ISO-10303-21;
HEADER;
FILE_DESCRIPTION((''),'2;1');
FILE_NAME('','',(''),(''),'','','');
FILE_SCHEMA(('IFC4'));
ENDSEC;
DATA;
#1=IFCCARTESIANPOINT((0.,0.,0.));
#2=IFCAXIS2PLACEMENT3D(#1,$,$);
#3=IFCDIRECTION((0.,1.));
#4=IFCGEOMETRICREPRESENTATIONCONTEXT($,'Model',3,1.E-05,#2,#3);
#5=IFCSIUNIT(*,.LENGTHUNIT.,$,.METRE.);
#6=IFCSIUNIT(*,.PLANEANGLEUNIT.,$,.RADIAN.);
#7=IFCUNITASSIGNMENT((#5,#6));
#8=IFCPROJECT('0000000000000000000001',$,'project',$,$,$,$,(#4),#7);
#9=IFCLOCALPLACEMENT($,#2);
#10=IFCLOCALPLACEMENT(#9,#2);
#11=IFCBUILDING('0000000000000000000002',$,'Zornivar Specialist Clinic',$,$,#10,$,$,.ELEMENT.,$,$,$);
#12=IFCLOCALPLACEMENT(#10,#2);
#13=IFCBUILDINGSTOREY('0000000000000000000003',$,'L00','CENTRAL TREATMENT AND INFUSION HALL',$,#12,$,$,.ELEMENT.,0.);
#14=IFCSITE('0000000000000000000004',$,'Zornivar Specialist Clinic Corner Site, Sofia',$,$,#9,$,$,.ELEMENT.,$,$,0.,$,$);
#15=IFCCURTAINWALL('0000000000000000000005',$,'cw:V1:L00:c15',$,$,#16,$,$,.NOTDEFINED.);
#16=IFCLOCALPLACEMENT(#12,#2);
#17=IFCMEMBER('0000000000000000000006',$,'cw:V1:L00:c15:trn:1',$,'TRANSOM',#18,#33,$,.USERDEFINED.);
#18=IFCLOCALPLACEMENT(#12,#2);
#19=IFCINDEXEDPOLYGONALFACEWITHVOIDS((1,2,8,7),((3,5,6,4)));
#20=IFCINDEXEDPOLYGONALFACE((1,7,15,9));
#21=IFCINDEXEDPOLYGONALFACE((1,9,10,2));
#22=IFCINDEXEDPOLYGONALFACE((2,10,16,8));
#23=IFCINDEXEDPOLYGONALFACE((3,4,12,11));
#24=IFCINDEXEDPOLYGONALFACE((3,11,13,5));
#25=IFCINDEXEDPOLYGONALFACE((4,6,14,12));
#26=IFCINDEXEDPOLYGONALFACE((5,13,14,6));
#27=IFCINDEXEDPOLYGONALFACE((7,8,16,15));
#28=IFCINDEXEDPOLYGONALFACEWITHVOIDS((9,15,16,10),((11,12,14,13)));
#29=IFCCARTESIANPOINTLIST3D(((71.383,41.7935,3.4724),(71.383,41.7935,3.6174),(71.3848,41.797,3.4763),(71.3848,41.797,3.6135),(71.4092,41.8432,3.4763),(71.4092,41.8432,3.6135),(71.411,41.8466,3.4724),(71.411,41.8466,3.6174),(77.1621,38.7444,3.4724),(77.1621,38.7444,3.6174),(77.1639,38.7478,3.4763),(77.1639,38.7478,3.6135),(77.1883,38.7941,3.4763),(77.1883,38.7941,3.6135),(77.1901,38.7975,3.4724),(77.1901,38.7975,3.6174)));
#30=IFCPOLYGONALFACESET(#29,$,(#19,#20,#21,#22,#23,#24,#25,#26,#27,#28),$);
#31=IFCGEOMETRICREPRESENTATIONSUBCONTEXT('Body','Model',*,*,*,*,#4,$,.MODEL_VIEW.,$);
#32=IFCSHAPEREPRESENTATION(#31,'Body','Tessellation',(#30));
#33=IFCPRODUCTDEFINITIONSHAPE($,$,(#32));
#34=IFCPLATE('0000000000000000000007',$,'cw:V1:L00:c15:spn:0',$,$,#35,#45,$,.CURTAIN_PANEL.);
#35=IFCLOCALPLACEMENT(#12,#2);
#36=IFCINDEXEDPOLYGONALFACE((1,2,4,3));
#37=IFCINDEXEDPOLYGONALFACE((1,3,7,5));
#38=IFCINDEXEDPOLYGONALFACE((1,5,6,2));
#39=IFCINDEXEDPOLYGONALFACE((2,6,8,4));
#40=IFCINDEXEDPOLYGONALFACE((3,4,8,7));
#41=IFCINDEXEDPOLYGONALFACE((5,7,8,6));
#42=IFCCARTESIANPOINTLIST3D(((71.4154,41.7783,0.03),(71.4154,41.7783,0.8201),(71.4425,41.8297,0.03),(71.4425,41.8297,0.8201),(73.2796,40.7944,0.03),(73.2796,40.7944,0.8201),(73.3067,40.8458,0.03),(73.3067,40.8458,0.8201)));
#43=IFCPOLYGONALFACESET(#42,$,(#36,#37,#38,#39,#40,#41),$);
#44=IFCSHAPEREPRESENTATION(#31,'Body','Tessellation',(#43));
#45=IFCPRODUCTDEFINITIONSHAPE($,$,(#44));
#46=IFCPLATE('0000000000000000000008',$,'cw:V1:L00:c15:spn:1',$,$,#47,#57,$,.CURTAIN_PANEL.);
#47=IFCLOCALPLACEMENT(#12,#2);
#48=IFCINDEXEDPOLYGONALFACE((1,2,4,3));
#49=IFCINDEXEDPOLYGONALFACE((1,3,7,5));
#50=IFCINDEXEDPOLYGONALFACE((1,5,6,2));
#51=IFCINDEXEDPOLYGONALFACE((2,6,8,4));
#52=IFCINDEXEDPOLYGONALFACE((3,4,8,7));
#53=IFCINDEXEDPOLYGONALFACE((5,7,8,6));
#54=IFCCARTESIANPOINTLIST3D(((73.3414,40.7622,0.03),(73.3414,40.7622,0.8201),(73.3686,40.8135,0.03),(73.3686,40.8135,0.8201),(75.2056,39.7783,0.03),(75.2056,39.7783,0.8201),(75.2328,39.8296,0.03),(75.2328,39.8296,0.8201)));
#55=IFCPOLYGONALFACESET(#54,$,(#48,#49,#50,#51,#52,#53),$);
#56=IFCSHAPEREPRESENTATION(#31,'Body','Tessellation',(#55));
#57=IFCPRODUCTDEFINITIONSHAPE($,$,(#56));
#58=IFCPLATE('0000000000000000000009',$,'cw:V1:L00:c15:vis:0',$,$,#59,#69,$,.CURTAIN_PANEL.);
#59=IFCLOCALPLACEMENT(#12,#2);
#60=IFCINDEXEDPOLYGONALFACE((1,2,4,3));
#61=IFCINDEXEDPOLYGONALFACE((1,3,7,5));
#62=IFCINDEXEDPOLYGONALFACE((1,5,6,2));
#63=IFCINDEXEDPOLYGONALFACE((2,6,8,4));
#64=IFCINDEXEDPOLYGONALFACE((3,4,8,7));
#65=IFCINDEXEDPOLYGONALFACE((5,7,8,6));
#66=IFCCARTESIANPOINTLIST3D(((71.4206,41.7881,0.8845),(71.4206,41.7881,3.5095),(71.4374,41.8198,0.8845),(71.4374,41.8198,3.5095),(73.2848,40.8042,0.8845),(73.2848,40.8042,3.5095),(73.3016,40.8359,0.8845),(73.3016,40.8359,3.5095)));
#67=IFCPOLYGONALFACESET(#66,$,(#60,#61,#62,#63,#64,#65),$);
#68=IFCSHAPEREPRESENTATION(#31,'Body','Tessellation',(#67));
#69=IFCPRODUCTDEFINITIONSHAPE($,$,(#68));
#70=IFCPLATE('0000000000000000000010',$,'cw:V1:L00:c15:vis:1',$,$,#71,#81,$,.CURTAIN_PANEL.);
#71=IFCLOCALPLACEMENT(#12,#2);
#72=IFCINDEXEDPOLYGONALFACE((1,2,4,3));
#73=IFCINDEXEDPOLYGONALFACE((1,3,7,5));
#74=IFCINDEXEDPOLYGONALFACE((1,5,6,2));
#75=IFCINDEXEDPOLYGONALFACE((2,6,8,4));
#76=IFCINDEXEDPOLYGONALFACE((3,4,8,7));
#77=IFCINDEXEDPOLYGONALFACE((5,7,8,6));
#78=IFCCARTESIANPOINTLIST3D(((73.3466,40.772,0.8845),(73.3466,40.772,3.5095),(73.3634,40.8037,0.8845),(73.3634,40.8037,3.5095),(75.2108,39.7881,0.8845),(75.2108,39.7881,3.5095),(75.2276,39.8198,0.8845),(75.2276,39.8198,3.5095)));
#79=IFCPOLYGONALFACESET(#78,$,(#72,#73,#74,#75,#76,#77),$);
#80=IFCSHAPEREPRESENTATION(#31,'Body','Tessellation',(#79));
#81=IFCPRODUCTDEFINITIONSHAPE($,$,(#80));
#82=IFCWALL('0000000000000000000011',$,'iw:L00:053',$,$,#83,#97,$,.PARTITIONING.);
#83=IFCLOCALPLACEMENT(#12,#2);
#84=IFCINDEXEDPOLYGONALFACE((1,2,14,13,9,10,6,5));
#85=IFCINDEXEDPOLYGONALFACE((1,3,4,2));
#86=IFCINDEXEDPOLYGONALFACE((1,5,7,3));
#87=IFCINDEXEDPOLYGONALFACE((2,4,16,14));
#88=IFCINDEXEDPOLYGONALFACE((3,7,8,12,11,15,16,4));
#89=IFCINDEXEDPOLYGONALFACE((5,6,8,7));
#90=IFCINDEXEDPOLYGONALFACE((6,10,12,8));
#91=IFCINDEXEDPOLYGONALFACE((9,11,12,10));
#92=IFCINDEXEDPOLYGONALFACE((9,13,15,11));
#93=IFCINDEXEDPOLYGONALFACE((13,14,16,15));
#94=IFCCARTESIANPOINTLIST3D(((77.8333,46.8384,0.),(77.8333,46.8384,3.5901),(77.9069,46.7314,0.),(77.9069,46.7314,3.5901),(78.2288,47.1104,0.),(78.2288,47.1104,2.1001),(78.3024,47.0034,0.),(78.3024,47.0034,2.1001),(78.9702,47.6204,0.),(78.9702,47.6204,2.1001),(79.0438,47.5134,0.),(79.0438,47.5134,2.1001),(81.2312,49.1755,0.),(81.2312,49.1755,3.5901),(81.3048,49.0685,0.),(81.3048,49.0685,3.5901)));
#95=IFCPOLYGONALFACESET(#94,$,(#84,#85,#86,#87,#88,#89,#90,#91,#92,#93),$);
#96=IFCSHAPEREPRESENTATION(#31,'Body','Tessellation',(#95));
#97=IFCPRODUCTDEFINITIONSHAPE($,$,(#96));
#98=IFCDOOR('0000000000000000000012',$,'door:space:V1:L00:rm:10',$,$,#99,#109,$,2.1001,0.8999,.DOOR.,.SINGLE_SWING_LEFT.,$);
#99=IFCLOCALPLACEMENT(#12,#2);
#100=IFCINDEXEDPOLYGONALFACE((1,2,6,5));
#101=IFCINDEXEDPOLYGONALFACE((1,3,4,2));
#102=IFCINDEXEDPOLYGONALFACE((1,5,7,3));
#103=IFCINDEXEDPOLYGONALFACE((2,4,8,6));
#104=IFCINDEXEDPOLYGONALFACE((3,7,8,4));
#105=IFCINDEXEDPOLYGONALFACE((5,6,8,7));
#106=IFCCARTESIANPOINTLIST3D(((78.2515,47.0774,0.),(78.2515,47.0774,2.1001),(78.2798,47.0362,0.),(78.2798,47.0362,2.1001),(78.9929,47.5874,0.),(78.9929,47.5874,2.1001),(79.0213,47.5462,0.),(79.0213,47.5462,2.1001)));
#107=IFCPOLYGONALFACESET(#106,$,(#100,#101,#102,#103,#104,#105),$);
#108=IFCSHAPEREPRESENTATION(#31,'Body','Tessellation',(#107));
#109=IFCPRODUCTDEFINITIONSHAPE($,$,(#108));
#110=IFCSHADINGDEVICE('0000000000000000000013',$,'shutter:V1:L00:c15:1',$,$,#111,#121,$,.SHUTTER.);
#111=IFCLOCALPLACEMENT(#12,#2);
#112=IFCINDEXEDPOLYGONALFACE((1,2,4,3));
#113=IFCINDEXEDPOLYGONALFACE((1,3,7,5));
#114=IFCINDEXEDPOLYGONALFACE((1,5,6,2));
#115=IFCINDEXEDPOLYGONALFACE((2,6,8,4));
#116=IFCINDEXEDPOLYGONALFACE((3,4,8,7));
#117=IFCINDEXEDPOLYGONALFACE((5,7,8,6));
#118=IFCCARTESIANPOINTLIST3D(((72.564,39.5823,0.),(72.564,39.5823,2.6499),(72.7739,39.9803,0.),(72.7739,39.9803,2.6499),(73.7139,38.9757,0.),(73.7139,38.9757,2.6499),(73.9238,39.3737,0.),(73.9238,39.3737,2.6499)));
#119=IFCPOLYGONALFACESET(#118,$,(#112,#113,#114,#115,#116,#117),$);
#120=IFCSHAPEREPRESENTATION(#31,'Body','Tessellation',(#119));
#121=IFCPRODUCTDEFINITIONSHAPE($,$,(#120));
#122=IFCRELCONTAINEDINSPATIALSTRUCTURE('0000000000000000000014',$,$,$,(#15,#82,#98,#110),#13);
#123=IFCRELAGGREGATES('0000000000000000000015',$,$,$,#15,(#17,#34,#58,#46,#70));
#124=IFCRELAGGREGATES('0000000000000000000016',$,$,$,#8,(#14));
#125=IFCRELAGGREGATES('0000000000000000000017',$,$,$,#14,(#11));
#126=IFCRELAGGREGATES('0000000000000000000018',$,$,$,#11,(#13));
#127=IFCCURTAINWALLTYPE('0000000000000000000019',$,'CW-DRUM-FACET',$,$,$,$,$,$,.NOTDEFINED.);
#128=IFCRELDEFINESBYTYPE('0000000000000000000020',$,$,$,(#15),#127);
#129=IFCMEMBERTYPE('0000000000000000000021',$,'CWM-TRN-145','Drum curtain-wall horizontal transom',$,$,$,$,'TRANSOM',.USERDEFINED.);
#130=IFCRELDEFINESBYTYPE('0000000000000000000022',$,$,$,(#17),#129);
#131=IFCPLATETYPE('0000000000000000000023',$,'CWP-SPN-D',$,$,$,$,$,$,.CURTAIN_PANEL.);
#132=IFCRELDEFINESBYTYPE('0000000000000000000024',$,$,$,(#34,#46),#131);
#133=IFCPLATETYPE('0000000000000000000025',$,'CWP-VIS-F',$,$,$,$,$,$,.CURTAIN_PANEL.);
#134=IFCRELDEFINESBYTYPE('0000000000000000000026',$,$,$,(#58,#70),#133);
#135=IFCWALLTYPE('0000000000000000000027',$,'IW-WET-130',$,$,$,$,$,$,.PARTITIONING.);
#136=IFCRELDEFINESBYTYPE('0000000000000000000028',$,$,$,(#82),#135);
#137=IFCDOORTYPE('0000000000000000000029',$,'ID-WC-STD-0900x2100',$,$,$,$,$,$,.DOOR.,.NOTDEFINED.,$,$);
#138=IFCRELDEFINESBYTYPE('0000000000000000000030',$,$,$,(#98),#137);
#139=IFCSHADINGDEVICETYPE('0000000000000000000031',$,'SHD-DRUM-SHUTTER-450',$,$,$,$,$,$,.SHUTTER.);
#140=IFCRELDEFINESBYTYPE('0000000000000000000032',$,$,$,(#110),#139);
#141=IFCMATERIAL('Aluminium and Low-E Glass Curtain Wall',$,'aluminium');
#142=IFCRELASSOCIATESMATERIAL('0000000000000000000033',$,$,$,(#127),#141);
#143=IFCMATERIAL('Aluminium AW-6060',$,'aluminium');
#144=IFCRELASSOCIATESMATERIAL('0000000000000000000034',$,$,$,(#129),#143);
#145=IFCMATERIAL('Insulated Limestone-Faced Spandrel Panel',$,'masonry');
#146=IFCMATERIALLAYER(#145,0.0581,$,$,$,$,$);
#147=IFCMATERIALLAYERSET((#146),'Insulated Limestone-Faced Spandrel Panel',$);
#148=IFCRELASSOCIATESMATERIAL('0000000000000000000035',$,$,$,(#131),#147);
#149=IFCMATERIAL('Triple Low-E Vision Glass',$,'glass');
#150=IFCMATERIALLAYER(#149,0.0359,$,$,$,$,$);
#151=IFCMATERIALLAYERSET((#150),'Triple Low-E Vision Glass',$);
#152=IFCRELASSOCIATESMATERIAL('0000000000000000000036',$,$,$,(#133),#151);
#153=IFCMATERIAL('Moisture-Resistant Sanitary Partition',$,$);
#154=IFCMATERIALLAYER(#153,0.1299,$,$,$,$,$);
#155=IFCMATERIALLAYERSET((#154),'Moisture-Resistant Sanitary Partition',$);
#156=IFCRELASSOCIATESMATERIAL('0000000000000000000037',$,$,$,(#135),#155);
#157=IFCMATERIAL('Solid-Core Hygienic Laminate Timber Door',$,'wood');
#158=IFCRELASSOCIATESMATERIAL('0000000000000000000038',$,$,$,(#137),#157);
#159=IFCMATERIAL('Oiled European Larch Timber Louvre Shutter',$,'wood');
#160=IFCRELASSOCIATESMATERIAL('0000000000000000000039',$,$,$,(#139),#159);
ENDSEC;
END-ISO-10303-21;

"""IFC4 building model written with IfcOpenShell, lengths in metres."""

from ifc_helpers import new_model, si_unit, direction, frame, frame_2d, origin, origin_2d, place, context, subcontext, project, spatial, rectangle, hollow_rectangle, extrude, material, layer, layer_set, material_profile, profile_set, type_object, element, fill, aggregate, save


model = new_model("IFC4")

# Units and contexts
model_context = context("Model", 3, precision=1e-05, world=origin(), true_north=direction((0.0, 1.0)))
body_context = subcontext(model_context, "Body", "Model", "MODEL_VIEW")
ifc_project = project(units=[si_unit("LENGTHUNIT", "METRE"), si_unit("PLANEANGLEUNIT", "RADIAN")], contexts=[model_context])

# Site, building, storey
site_placement = place(None, origin())
site = spatial("IfcSite", under=ifc_project, at=site_placement, Name="Zornivar Specialist Clinic Corner Site, Sofia", CompositionType="ELEMENT", RefElevation=0.0)
building_placement = place(site_placement, origin())
building = spatial("IfcBuilding", under=site, at=building_placement, Name="Zornivar Specialist Clinic", CompositionType="ELEMENT")
storey_placement = place(building_placement, origin())
storey = spatial("IfcBuildingStorey", under=building, at=storey_placement, Name="L00", Description="CENTRAL TREATMENT AND INFUSION HALL", CompositionType="ELEMENT", Elevation=0.0)

# Curtain wall, member, plates
ifc_material_1 = material(Name="Aluminium and Low-E Glass Curtain Wall", Category="aluminium")
curtain_wall_type = type_object("IfcCurtainWallType", Name="CW-DRUM-FACET", PredefinedType="NOTDEFINED", material=ifc_material_1)
curtain_wall_placement = place(storey_placement, origin())
curtain_wall = element("IfcCurtainWall", 1, at=curtain_wall_placement, inside=storey, type_object=curtain_wall_type, Name="cw:V1:L00:c15", PredefinedType="NOTDEFINED")
ifc_material_2 = material(Name="Aluminium AW-6060", Category="aluminium")
ifc_material_profile_1 = material_profile(ifc_material_2, hollow_rectangle(XDim=0.0601, YDim=0.145, WallThickness=0.0039, at=origin_2d()), Name="ALU 60x145x4")
ifc_profile_set_1 = profile_set([ifc_material_profile_1], Name="Aluminium AW-6060")
member_type_1 = type_object("IfcMemberType", Name="CWM-TRN-145", Description="Drum curtain-wall horizontal transom", ElementType="TRANSOM", PredefinedType="USERDEFINED", material=ifc_profile_set_1)
member_1_placement = place(storey_placement, frame((71.397, 41.8201, 3.5449), z_axis=(0.884447, -0.466641, 0.0), x_axis=(0.466641, 0.884447, 0.0)))
member_1 = element("IfcMember", 2, at=member_1_placement, type_object=member_type_1, Name="cw:V1:L00:c15:trn:1", ObjectType="TRANSOM", PredefinedType="USERDEFINED", context=body_context, shape_type="SweptSolid", body=[
    extrude(hollow_rectangle(XDim=0.0601, YDim=0.145, WallThickness=0.0039, at=origin_2d()), origin(), (0.0, 0.0, 1.0), 6.5342),
])
ifc_material_3 = material(Name="Insulated Limestone-Faced Spandrel Panel", Category="masonry")
ifc_layer_1 = layer(ifc_material_3, 0.0581)
ifc_layer_set_1 = layer_set([ifc_layer_1], Name="Insulated Limestone-Faced Spandrel Panel")
plate_type_1 = type_object("IfcPlateType", Name="CWP-SPN-D", PredefinedType="CURTAIN_PANEL", material=ifc_layer_set_1)
plate_1_placement = place(storey_placement, frame((72.3611, 41.312, 0.03), z_axis=(0.0, 0.0, 1.0), x_axis=(0.884383, -0.466762, 0.0)))
plate_1 = element("IfcPlate", 3, at=plate_1_placement, type_object=plate_type_1, Name="cw:V1:L00:c15:spn:0", PredefinedType="CURTAIN_PANEL", context=body_context, shape_type="SweptSolid", body=[
    extrude(rectangle(XDim=2.1079, YDim=0.0581, at=origin_2d()), origin(), (0.0, 0.0, 1.0), 0.79),
])
plate_2_placement = place(storey_placement, frame((74.2871, 40.2959, 0.03), z_axis=(0.0, 0.0, 1.0), x_axis=(0.884383, -0.466762, 0.0)))
plate_2 = element("IfcPlate", 4, at=plate_2_placement, type_object=plate_type_1, Name="cw:V1:L00:c15:spn:1", PredefinedType="CURTAIN_PANEL", context=body_context, shape_type="SweptSolid", body=[
    extrude(rectangle(XDim=2.1079, YDim=0.0581, at=origin_2d()), origin(), (0.0, 0.0, 1.0), 0.79),
])
ifc_material_4 = material(Name="Triple Low-E Vision Glass", Category="glass")
ifc_layer_2 = layer(ifc_material_4, 0.0359)
ifc_layer_set_2 = layer_set([ifc_layer_2], Name="Triple Low-E Vision Glass")
plate_type_2 = type_object("IfcPlateType", Name="CWP-VIS-F", PredefinedType="CURTAIN_PANEL", material=ifc_layer_set_2)
plate_3_placement = place(storey_placement, frame((72.3611, 41.312, 0.8845), z_axis=(0.0, 0.0, 1.0), x_axis=(0.884383, -0.466762, 0.0)))
plate_3 = element("IfcPlate", 5, at=plate_3_placement, type_object=plate_type_2, Name="cw:V1:L00:c15:vis:0", PredefinedType="CURTAIN_PANEL", context=body_context, shape_type="SweptSolid", body=[
    extrude(rectangle(XDim=2.1079, YDim=0.0359, at=origin_2d()), origin(), (0.0, 0.0, 1.0), 2.625),
])
plate_4_placement = place(storey_placement, frame((74.2871, 40.2959, 0.8845), z_axis=(0.0, 0.0, 1.0), x_axis=(0.884383, -0.466762, 0.0)))
plate_4 = element("IfcPlate", 6, at=plate_4_placement, type_object=plate_type_2, Name="cw:V1:L00:c15:vis:1", PredefinedType="CURTAIN_PANEL", context=body_context, shape_type="SweptSolid", body=[
    extrude(rectangle(XDim=2.1079, YDim=0.0359, at=origin_2d()), origin(), (0.0, 0.0, 1.0), 2.625),
])
aggregate(curtain_wall, [member_1, plate_1, plate_3, plate_2, plate_4])

# Wall, opening, door
ifc_material_5 = material(Name="Moisture-Resistant Sanitary Partition")
ifc_layer_3 = layer(ifc_material_5, 0.1299)
ifc_layer_set_3 = layer_set([ifc_layer_3], Name="Moisture-Resistant Sanitary Partition")
wall_type = type_object("IfcWallType", Name="IW-WET-130", PredefinedType="PARTITIONING", material=ifc_layer_set_3)
wall_placement = place(storey_placement, frame((77.8701, 46.7849, 0.0), z_axis=(0.0, 0.0, 1.0), x_axis=(0.823921, 0.566705, 0.0)))
wall = element("IfcWall", 7, at=wall_placement, inside=storey, type_object=wall_type, Name="iw:L00:053", PredefinedType="PARTITIONING", context=body_context, shape_type="SweptSolid", body=[
    extrude(rectangle(XDim=4.124, YDim=0.1299, at=frame_2d((2.062, 0.0))), origin(), (0.0, 0.0, 1.0), 3.5901),
])
opening_placement = place(wall_placement, frame((0.48, 0.0, 0.0)))
opening = element("IfcOpeningElement", 8, at=opening_placement, cuts=wall, PredefinedType="OPENING", context=body_context, shape_type="SweptSolid", body=[
    extrude(rectangle(XDim=0.8999, YDim=2.1001, at=frame_2d((0.45, 1.05))), frame((0.0, 0.075, 0.0), z_axis=(0.0, -1.0, 0.0), x_axis=(1.0, 0.0, 0.0)), (0.0, 0.0, 1.0), 0.1499),
])
ifc_material_6 = material(Name="Solid-Core Hygienic Laminate Timber Door", Category="wood")
door_type = type_object("IfcDoorType", Name="ID-WC-STD-0900x2100", OperationType="NOTDEFINED", PredefinedType="DOOR", material=ifc_material_6)
door_placement = place(opening_placement, origin())
door = element("IfcDoor", 9, at=door_placement, inside=storey, type_object=door_type, Name="door:space:V1:L00:rm:10", OperationType="SINGLE_SWING_LEFT", OverallHeight=2.1001, OverallWidth=0.8999, PredefinedType="DOOR", context=body_context, shape_type="SweptSolid", body=[
    extrude(rectangle(XDim=0.8999, YDim=2.1001, at=frame_2d((0.45, 1.05))), frame((0.0, 0.0249, 0.0), z_axis=(0.0, -1.0, 0.0), x_axis=(1.0, 0.0, 0.0)), (0.0, 0.0, 1.0), 0.05),
])
fill(opening, door)

# Shading device
ifc_material_7 = material(Name="Oiled European Larch Timber Louvre Shutter", Category="wood")
shading_device_type = type_object("IfcShadingDeviceType", Name="SHD-DRUM-SHUTTER-450", PredefinedType="SHUTTER", material=ifc_material_7)
shading_device_placement = place(storey_placement, frame((73.2439, 39.478, 0.0), z_axis=(0.0, 0.0, 1.0), x_axis=(0.88447, -0.466597, 0.0)))
element("IfcShadingDevice", 10, at=shading_device_placement, inside=storey, type_object=shading_device_type, Name="shutter:V1:L00:c15:1", PredefinedType="SHUTTER", context=body_context, shape_type="SweptSolid", body=[
    extrude(rectangle(XDim=1.3, YDim=0.45, at=origin_2d()), origin(), (0.0, 0.0, 1.0), 2.6499),
])

save(model, "model.ifc")
